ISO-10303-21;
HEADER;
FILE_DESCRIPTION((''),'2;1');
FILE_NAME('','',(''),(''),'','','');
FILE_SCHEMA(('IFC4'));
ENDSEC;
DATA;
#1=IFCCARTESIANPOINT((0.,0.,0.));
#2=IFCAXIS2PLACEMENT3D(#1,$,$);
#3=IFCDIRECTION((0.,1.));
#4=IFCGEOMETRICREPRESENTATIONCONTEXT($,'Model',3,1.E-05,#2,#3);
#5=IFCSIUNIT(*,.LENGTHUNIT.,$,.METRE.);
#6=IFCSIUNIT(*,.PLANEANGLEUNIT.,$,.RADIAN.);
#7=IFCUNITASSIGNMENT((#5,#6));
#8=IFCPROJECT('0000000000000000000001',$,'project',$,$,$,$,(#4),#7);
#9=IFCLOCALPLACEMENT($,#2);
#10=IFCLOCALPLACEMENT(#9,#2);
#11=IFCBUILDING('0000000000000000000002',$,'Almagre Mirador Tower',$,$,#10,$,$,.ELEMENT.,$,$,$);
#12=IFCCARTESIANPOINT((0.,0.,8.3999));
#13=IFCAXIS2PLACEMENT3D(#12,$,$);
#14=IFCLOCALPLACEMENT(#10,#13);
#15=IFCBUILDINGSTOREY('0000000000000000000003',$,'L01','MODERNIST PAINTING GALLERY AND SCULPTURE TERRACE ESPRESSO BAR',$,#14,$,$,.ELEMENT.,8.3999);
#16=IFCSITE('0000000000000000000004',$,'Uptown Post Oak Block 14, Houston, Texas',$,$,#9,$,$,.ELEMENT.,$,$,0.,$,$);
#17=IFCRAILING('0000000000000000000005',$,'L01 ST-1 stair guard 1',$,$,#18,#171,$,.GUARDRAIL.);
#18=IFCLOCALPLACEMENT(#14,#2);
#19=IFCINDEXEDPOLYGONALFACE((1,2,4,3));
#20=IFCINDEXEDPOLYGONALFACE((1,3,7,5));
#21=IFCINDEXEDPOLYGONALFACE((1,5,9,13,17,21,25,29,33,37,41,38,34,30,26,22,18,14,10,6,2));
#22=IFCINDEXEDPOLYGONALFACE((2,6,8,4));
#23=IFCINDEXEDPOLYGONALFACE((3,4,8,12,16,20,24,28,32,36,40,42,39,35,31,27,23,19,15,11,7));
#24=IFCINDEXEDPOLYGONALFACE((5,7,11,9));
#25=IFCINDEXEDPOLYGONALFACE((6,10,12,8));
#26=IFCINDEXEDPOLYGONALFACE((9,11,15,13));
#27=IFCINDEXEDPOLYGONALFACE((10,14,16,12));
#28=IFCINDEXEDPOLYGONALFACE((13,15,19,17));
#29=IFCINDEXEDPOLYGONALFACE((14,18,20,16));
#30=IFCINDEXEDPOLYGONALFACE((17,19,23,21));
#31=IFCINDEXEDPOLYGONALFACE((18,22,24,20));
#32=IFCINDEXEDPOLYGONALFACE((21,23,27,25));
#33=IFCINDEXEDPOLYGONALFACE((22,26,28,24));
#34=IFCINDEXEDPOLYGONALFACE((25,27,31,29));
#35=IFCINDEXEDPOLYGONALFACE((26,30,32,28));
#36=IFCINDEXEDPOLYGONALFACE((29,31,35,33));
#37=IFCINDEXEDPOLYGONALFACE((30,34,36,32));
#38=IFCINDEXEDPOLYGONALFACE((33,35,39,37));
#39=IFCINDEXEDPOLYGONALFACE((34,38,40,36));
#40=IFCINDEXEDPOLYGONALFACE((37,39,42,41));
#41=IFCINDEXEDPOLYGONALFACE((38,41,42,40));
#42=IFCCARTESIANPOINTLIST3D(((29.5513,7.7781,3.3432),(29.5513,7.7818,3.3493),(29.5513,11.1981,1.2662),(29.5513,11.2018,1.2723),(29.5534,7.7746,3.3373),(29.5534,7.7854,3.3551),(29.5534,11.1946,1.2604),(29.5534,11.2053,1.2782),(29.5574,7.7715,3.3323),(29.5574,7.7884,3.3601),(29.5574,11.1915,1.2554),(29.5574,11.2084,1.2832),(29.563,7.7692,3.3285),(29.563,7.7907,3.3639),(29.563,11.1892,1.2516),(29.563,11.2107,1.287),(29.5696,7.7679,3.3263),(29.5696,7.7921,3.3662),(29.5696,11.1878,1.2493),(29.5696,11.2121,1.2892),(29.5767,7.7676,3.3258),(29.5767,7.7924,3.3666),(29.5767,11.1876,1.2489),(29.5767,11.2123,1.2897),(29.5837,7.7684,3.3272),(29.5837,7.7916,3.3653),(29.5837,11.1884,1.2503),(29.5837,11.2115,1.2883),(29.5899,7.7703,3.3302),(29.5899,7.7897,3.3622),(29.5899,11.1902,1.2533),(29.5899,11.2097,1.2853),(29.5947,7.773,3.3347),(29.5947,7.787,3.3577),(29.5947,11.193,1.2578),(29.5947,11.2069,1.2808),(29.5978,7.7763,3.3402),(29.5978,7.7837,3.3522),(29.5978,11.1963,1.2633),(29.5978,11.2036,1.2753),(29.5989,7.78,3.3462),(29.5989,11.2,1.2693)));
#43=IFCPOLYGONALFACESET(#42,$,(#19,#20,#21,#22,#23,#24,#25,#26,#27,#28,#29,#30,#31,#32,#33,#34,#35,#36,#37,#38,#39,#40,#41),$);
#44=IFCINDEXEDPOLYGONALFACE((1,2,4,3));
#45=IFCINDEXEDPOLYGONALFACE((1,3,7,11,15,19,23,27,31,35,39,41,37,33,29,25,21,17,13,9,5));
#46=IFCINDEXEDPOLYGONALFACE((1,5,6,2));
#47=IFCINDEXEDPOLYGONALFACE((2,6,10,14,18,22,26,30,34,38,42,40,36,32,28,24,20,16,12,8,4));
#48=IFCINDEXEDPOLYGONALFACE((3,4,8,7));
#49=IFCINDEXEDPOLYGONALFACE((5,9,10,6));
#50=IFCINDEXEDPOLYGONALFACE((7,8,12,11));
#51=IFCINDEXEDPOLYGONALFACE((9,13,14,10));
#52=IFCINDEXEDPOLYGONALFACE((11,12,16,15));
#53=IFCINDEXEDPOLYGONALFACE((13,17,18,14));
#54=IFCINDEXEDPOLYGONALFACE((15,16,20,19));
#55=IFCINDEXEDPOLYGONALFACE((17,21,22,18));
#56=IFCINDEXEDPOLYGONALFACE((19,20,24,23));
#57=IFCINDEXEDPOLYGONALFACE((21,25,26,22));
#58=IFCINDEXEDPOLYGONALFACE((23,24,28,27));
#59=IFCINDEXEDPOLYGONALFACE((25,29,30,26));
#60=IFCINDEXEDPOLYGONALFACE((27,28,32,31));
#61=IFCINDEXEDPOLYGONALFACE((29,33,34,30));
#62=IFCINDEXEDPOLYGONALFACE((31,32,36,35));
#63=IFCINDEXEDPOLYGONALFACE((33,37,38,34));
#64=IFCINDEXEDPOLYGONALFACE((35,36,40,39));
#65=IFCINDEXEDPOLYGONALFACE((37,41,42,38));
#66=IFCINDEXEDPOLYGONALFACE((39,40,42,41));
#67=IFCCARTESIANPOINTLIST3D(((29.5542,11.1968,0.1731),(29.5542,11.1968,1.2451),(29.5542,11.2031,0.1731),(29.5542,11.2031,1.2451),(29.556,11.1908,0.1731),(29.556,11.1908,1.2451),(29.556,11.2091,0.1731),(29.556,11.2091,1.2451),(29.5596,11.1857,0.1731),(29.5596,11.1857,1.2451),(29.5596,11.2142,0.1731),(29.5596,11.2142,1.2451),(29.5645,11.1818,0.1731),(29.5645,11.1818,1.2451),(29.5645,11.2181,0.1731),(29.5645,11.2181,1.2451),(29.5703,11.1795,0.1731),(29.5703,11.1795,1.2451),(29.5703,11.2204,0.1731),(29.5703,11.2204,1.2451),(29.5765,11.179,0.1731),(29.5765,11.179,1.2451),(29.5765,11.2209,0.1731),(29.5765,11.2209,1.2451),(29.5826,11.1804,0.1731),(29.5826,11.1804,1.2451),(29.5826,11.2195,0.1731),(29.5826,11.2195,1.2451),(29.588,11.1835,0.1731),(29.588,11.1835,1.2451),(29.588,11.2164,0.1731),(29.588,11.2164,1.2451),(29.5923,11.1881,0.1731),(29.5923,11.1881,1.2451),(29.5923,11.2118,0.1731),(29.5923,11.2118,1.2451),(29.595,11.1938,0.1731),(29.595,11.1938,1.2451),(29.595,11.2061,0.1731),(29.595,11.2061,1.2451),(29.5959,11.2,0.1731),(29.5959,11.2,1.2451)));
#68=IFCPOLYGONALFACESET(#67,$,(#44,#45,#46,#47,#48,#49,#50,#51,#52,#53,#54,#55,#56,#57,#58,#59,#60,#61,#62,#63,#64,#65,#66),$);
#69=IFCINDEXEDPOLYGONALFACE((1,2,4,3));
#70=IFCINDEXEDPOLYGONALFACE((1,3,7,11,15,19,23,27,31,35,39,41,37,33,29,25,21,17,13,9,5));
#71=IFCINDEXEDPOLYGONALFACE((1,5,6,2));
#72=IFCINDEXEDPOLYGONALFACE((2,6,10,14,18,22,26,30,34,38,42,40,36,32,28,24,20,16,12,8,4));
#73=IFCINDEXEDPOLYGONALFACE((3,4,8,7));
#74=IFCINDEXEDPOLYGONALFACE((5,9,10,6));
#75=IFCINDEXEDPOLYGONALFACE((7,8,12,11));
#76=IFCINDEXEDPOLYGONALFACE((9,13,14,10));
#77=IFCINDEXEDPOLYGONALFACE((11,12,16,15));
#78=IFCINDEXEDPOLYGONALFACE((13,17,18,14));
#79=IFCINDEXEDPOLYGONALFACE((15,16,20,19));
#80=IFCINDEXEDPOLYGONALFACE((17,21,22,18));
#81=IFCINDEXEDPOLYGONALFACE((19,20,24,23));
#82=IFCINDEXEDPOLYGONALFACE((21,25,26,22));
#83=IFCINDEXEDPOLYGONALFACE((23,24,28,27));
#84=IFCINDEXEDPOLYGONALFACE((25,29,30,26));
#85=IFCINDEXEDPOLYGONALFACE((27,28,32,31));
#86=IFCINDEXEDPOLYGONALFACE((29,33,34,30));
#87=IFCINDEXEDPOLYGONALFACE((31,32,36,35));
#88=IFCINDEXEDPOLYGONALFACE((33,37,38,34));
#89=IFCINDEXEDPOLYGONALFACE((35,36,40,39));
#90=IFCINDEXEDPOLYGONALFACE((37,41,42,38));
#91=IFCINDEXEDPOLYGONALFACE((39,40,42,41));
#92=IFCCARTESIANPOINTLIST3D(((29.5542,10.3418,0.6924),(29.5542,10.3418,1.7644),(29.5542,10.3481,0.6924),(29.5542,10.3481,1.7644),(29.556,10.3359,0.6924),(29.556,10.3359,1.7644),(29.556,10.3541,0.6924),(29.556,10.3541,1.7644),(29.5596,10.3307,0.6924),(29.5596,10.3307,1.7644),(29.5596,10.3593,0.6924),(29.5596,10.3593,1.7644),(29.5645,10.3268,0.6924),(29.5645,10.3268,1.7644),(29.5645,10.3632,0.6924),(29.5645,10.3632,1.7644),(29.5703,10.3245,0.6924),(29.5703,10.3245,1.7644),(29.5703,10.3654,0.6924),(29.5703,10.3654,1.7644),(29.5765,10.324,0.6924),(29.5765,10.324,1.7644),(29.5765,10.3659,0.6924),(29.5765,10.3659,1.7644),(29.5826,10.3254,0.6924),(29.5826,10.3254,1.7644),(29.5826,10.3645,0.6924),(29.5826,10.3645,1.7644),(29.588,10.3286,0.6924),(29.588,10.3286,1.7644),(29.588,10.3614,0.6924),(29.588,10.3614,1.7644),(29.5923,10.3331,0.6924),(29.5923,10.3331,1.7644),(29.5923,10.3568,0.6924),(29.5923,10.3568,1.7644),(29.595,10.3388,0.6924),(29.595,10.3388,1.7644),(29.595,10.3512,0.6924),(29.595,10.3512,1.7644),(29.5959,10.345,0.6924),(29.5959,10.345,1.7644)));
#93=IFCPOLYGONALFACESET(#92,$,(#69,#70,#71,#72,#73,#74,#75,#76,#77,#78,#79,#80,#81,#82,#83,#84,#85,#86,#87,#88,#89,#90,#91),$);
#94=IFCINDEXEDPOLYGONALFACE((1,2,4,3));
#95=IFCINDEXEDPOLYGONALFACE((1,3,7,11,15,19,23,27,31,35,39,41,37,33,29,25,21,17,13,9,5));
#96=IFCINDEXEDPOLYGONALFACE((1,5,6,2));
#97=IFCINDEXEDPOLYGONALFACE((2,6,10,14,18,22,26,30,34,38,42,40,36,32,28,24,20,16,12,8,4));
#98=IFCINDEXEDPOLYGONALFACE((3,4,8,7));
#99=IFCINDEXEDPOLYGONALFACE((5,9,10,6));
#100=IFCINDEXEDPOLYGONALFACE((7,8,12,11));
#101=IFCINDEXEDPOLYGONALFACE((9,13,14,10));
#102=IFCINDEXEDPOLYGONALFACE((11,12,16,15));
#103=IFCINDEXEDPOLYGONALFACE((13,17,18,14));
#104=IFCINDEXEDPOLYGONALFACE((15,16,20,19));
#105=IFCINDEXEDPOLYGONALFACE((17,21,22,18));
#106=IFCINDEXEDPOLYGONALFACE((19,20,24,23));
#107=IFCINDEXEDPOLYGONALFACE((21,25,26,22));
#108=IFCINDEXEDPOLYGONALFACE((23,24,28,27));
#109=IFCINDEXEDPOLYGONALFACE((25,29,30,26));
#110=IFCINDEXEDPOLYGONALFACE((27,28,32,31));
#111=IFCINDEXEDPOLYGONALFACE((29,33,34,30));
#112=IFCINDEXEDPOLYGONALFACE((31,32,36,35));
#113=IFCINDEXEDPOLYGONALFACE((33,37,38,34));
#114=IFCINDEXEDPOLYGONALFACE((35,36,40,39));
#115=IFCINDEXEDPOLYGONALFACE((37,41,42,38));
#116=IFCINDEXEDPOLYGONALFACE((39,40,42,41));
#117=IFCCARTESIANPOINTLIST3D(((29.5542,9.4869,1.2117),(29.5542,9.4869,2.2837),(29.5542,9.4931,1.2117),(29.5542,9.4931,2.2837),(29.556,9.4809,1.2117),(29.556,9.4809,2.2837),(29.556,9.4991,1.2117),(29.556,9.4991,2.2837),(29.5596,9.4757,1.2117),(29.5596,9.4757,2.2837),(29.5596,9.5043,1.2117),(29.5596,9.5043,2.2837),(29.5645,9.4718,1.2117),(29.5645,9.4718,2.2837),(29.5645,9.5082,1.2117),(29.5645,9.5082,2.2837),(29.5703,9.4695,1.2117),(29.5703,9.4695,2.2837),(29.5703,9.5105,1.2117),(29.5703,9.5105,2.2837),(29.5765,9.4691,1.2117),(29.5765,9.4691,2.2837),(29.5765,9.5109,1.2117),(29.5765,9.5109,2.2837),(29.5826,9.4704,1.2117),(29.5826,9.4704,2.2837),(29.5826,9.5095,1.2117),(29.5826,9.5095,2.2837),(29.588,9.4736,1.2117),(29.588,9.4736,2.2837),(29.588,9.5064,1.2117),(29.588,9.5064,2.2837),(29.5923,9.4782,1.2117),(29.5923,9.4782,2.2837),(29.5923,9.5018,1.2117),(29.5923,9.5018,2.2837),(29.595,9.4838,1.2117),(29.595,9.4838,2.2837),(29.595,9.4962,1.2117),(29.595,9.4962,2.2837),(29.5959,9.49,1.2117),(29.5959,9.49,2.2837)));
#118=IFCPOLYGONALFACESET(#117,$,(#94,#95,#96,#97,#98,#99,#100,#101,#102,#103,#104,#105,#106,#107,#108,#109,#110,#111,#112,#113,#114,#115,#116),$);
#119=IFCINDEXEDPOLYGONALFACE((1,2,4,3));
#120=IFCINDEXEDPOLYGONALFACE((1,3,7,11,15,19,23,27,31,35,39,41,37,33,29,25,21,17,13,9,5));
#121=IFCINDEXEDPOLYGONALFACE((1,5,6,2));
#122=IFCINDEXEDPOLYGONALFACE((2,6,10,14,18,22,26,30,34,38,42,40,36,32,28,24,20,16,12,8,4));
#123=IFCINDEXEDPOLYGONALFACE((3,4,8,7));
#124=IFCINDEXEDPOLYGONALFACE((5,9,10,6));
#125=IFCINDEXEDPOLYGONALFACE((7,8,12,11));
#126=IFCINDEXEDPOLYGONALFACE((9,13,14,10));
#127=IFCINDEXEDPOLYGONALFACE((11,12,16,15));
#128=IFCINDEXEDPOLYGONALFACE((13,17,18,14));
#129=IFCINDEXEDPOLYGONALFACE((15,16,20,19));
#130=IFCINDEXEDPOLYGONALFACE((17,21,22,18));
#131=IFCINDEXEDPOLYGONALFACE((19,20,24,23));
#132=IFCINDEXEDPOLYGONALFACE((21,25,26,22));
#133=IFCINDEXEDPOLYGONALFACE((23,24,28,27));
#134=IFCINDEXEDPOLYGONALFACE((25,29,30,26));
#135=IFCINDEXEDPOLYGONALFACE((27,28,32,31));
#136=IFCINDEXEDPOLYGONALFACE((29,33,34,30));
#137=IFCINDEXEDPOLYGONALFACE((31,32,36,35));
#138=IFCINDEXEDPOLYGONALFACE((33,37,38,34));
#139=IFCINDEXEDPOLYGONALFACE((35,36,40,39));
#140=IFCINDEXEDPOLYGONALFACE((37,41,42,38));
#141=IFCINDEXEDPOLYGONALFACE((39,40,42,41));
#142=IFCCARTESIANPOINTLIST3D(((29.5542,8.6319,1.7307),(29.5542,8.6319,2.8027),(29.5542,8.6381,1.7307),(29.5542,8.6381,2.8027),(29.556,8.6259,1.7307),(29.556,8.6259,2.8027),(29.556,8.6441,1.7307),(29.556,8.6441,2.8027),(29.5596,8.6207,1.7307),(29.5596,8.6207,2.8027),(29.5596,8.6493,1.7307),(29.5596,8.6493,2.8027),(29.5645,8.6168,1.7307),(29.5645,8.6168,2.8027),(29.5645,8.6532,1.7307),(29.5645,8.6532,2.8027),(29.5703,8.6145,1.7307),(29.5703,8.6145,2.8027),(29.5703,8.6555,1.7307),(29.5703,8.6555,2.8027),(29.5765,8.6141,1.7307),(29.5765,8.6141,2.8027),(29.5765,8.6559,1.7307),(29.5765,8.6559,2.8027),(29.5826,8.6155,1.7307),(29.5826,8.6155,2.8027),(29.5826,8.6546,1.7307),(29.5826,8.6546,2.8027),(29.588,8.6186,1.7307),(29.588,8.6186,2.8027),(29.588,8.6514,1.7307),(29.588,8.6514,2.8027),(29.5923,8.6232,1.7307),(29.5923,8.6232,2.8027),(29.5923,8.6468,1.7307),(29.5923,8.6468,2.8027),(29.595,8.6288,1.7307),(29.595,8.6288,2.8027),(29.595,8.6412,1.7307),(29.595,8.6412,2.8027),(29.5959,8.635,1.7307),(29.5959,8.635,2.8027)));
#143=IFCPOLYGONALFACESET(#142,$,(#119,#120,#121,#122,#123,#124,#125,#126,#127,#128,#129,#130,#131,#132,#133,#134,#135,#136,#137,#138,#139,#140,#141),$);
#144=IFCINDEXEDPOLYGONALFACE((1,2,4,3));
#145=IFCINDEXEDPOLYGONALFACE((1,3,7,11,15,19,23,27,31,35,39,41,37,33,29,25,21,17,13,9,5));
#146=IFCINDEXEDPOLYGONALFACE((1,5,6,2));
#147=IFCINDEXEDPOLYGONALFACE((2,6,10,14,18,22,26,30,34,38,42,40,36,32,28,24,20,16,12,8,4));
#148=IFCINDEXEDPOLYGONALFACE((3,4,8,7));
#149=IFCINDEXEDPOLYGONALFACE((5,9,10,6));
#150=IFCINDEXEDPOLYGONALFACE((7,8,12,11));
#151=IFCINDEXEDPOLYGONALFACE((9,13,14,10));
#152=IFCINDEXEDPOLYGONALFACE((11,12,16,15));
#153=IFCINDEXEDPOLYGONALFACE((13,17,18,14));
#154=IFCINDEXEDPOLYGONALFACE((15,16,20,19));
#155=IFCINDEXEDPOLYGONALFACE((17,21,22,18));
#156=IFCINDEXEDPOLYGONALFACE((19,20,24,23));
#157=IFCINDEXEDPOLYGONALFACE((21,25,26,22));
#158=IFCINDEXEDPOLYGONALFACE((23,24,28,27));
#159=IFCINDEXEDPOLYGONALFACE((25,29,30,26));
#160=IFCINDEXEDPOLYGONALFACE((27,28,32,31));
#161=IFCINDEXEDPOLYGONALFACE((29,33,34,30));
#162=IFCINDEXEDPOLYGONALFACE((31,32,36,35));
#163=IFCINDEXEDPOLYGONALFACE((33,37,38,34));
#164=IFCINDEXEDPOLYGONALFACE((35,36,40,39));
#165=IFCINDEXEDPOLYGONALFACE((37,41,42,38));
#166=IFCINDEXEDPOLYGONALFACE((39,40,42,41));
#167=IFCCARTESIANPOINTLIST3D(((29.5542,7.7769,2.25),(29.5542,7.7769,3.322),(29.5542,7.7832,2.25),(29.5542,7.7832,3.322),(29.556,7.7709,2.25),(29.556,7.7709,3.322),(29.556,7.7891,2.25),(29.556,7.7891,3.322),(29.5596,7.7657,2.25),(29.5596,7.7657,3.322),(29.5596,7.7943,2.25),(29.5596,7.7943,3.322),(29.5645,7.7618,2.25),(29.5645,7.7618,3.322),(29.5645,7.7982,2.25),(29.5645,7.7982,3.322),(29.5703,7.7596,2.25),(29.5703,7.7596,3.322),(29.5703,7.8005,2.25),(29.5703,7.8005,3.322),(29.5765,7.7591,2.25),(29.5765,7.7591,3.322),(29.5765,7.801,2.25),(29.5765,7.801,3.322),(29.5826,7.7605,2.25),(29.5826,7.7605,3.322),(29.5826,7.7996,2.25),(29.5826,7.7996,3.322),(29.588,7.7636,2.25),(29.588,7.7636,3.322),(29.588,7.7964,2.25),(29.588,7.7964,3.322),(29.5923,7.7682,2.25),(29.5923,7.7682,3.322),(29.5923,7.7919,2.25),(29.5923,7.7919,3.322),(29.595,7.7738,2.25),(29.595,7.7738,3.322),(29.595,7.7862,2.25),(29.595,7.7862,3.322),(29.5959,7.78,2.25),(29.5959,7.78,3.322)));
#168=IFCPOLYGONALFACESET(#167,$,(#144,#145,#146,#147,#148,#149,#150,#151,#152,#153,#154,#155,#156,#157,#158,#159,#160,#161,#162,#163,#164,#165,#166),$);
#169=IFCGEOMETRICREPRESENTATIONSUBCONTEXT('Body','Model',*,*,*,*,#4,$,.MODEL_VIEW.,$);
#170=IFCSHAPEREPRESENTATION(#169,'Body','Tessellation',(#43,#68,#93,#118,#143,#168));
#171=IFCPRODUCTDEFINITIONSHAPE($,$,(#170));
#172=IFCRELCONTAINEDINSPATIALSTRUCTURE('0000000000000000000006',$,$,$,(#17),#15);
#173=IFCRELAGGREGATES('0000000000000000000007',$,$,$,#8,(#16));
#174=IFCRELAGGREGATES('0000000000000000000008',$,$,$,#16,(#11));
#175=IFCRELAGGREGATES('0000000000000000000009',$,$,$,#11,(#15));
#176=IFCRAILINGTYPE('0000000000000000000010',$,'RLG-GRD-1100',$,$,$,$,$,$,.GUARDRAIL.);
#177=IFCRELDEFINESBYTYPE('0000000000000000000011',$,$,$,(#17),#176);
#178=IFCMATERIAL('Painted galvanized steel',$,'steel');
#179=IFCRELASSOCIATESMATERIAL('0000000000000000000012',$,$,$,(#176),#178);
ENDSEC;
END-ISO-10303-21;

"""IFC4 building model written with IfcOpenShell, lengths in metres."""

from ifc_helpers import new_model, si_unit, direction, frame, origin, origin_2d, place, context, subcontext, project, spatial, circle, extrude, material, type_object, element, save


model = new_model("IFC4")

# Units and contexts
model_context = context("Model", 3, precision=1e-05, world=origin(), true_north=direction((0.0, 1.0)))
body_context = subcontext(model_context, "Body", "Model", "MODEL_VIEW")
ifc_project = project(units=[si_unit("LENGTHUNIT", "METRE"), si_unit("PLANEANGLEUNIT", "RADIAN")], contexts=[model_context])

# Site, building, storey
site_placement = place(None, origin())
site = spatial("IfcSite", under=ifc_project, at=site_placement, Name="Uptown Post Oak Block 14, Houston, Texas", CompositionType="ELEMENT", RefElevation=0.0)
building_placement = place(site_placement, origin())
building = spatial("IfcBuilding", under=site, at=building_placement, Name="Almagre Mirador Tower", CompositionType="ELEMENT")
storey_placement = place(building_placement, frame((0.0, 0.0, 8.3999)))
storey = spatial("IfcBuildingStorey", under=building, at=storey_placement, Name="L01", Description="MODERNIST PAINTING GALLERY AND SCULPTURE TERRACE ESPRESSO BAR", CompositionType="ELEMENT", Elevation=8.3999)

# Railing
ifc_material_1 = material(Name="Painted galvanized steel", Category="steel")
railing_type_1 = type_object("IfcRailingType", Name="RLG-GRD-1100", PredefinedType="GUARDRAIL", material=ifc_material_1)
railing_1_placement = place(storey_placement, frame((29.575, 11.2, 0.1731)))
element("IfcRailing", 1, at=railing_1_placement, inside=storey, type_object=railing_type_1, Name="L01 ST-1 stair guard 1", PredefinedType="GUARDRAIL", context=body_context, shape_type="SweptSolid", body=[
    extrude(circle(Radius=0.0239, at=origin_2d()), frame((0.0, 0.0, 1.0962), z_axis=(0.0, -0.85473, 0.519074), x_axis=(1.0, 0.0, 0.0)), (0.0, 0.0, 1.0), 4.0012),
    extrude(circle(Radius=0.021, at=origin_2d()), origin(), (0.0, 0.0, 1.0), 1.072),
    extrude(circle(Radius=0.021, at=origin_2d()), frame((0.0, -0.855, 0.5193)), (0.0, 0.0, 1.0), 1.072),
    extrude(circle(Radius=0.021, at=origin_2d()), frame((0.0, -1.71, 1.0386)), (0.0, 0.0, 1.0), 1.072),
    extrude(circle(Radius=0.021, at=origin_2d()), frame((0.0, -2.5649, 1.5576)), (0.0, 0.0, 1.0), 1.072),
    extrude(circle(Radius=0.021, at=origin_2d()), frame((0.0, -3.4199, 2.0769)), (0.0, 0.0, 1.0), 1.072),
])

save(model, "model.ifc")
